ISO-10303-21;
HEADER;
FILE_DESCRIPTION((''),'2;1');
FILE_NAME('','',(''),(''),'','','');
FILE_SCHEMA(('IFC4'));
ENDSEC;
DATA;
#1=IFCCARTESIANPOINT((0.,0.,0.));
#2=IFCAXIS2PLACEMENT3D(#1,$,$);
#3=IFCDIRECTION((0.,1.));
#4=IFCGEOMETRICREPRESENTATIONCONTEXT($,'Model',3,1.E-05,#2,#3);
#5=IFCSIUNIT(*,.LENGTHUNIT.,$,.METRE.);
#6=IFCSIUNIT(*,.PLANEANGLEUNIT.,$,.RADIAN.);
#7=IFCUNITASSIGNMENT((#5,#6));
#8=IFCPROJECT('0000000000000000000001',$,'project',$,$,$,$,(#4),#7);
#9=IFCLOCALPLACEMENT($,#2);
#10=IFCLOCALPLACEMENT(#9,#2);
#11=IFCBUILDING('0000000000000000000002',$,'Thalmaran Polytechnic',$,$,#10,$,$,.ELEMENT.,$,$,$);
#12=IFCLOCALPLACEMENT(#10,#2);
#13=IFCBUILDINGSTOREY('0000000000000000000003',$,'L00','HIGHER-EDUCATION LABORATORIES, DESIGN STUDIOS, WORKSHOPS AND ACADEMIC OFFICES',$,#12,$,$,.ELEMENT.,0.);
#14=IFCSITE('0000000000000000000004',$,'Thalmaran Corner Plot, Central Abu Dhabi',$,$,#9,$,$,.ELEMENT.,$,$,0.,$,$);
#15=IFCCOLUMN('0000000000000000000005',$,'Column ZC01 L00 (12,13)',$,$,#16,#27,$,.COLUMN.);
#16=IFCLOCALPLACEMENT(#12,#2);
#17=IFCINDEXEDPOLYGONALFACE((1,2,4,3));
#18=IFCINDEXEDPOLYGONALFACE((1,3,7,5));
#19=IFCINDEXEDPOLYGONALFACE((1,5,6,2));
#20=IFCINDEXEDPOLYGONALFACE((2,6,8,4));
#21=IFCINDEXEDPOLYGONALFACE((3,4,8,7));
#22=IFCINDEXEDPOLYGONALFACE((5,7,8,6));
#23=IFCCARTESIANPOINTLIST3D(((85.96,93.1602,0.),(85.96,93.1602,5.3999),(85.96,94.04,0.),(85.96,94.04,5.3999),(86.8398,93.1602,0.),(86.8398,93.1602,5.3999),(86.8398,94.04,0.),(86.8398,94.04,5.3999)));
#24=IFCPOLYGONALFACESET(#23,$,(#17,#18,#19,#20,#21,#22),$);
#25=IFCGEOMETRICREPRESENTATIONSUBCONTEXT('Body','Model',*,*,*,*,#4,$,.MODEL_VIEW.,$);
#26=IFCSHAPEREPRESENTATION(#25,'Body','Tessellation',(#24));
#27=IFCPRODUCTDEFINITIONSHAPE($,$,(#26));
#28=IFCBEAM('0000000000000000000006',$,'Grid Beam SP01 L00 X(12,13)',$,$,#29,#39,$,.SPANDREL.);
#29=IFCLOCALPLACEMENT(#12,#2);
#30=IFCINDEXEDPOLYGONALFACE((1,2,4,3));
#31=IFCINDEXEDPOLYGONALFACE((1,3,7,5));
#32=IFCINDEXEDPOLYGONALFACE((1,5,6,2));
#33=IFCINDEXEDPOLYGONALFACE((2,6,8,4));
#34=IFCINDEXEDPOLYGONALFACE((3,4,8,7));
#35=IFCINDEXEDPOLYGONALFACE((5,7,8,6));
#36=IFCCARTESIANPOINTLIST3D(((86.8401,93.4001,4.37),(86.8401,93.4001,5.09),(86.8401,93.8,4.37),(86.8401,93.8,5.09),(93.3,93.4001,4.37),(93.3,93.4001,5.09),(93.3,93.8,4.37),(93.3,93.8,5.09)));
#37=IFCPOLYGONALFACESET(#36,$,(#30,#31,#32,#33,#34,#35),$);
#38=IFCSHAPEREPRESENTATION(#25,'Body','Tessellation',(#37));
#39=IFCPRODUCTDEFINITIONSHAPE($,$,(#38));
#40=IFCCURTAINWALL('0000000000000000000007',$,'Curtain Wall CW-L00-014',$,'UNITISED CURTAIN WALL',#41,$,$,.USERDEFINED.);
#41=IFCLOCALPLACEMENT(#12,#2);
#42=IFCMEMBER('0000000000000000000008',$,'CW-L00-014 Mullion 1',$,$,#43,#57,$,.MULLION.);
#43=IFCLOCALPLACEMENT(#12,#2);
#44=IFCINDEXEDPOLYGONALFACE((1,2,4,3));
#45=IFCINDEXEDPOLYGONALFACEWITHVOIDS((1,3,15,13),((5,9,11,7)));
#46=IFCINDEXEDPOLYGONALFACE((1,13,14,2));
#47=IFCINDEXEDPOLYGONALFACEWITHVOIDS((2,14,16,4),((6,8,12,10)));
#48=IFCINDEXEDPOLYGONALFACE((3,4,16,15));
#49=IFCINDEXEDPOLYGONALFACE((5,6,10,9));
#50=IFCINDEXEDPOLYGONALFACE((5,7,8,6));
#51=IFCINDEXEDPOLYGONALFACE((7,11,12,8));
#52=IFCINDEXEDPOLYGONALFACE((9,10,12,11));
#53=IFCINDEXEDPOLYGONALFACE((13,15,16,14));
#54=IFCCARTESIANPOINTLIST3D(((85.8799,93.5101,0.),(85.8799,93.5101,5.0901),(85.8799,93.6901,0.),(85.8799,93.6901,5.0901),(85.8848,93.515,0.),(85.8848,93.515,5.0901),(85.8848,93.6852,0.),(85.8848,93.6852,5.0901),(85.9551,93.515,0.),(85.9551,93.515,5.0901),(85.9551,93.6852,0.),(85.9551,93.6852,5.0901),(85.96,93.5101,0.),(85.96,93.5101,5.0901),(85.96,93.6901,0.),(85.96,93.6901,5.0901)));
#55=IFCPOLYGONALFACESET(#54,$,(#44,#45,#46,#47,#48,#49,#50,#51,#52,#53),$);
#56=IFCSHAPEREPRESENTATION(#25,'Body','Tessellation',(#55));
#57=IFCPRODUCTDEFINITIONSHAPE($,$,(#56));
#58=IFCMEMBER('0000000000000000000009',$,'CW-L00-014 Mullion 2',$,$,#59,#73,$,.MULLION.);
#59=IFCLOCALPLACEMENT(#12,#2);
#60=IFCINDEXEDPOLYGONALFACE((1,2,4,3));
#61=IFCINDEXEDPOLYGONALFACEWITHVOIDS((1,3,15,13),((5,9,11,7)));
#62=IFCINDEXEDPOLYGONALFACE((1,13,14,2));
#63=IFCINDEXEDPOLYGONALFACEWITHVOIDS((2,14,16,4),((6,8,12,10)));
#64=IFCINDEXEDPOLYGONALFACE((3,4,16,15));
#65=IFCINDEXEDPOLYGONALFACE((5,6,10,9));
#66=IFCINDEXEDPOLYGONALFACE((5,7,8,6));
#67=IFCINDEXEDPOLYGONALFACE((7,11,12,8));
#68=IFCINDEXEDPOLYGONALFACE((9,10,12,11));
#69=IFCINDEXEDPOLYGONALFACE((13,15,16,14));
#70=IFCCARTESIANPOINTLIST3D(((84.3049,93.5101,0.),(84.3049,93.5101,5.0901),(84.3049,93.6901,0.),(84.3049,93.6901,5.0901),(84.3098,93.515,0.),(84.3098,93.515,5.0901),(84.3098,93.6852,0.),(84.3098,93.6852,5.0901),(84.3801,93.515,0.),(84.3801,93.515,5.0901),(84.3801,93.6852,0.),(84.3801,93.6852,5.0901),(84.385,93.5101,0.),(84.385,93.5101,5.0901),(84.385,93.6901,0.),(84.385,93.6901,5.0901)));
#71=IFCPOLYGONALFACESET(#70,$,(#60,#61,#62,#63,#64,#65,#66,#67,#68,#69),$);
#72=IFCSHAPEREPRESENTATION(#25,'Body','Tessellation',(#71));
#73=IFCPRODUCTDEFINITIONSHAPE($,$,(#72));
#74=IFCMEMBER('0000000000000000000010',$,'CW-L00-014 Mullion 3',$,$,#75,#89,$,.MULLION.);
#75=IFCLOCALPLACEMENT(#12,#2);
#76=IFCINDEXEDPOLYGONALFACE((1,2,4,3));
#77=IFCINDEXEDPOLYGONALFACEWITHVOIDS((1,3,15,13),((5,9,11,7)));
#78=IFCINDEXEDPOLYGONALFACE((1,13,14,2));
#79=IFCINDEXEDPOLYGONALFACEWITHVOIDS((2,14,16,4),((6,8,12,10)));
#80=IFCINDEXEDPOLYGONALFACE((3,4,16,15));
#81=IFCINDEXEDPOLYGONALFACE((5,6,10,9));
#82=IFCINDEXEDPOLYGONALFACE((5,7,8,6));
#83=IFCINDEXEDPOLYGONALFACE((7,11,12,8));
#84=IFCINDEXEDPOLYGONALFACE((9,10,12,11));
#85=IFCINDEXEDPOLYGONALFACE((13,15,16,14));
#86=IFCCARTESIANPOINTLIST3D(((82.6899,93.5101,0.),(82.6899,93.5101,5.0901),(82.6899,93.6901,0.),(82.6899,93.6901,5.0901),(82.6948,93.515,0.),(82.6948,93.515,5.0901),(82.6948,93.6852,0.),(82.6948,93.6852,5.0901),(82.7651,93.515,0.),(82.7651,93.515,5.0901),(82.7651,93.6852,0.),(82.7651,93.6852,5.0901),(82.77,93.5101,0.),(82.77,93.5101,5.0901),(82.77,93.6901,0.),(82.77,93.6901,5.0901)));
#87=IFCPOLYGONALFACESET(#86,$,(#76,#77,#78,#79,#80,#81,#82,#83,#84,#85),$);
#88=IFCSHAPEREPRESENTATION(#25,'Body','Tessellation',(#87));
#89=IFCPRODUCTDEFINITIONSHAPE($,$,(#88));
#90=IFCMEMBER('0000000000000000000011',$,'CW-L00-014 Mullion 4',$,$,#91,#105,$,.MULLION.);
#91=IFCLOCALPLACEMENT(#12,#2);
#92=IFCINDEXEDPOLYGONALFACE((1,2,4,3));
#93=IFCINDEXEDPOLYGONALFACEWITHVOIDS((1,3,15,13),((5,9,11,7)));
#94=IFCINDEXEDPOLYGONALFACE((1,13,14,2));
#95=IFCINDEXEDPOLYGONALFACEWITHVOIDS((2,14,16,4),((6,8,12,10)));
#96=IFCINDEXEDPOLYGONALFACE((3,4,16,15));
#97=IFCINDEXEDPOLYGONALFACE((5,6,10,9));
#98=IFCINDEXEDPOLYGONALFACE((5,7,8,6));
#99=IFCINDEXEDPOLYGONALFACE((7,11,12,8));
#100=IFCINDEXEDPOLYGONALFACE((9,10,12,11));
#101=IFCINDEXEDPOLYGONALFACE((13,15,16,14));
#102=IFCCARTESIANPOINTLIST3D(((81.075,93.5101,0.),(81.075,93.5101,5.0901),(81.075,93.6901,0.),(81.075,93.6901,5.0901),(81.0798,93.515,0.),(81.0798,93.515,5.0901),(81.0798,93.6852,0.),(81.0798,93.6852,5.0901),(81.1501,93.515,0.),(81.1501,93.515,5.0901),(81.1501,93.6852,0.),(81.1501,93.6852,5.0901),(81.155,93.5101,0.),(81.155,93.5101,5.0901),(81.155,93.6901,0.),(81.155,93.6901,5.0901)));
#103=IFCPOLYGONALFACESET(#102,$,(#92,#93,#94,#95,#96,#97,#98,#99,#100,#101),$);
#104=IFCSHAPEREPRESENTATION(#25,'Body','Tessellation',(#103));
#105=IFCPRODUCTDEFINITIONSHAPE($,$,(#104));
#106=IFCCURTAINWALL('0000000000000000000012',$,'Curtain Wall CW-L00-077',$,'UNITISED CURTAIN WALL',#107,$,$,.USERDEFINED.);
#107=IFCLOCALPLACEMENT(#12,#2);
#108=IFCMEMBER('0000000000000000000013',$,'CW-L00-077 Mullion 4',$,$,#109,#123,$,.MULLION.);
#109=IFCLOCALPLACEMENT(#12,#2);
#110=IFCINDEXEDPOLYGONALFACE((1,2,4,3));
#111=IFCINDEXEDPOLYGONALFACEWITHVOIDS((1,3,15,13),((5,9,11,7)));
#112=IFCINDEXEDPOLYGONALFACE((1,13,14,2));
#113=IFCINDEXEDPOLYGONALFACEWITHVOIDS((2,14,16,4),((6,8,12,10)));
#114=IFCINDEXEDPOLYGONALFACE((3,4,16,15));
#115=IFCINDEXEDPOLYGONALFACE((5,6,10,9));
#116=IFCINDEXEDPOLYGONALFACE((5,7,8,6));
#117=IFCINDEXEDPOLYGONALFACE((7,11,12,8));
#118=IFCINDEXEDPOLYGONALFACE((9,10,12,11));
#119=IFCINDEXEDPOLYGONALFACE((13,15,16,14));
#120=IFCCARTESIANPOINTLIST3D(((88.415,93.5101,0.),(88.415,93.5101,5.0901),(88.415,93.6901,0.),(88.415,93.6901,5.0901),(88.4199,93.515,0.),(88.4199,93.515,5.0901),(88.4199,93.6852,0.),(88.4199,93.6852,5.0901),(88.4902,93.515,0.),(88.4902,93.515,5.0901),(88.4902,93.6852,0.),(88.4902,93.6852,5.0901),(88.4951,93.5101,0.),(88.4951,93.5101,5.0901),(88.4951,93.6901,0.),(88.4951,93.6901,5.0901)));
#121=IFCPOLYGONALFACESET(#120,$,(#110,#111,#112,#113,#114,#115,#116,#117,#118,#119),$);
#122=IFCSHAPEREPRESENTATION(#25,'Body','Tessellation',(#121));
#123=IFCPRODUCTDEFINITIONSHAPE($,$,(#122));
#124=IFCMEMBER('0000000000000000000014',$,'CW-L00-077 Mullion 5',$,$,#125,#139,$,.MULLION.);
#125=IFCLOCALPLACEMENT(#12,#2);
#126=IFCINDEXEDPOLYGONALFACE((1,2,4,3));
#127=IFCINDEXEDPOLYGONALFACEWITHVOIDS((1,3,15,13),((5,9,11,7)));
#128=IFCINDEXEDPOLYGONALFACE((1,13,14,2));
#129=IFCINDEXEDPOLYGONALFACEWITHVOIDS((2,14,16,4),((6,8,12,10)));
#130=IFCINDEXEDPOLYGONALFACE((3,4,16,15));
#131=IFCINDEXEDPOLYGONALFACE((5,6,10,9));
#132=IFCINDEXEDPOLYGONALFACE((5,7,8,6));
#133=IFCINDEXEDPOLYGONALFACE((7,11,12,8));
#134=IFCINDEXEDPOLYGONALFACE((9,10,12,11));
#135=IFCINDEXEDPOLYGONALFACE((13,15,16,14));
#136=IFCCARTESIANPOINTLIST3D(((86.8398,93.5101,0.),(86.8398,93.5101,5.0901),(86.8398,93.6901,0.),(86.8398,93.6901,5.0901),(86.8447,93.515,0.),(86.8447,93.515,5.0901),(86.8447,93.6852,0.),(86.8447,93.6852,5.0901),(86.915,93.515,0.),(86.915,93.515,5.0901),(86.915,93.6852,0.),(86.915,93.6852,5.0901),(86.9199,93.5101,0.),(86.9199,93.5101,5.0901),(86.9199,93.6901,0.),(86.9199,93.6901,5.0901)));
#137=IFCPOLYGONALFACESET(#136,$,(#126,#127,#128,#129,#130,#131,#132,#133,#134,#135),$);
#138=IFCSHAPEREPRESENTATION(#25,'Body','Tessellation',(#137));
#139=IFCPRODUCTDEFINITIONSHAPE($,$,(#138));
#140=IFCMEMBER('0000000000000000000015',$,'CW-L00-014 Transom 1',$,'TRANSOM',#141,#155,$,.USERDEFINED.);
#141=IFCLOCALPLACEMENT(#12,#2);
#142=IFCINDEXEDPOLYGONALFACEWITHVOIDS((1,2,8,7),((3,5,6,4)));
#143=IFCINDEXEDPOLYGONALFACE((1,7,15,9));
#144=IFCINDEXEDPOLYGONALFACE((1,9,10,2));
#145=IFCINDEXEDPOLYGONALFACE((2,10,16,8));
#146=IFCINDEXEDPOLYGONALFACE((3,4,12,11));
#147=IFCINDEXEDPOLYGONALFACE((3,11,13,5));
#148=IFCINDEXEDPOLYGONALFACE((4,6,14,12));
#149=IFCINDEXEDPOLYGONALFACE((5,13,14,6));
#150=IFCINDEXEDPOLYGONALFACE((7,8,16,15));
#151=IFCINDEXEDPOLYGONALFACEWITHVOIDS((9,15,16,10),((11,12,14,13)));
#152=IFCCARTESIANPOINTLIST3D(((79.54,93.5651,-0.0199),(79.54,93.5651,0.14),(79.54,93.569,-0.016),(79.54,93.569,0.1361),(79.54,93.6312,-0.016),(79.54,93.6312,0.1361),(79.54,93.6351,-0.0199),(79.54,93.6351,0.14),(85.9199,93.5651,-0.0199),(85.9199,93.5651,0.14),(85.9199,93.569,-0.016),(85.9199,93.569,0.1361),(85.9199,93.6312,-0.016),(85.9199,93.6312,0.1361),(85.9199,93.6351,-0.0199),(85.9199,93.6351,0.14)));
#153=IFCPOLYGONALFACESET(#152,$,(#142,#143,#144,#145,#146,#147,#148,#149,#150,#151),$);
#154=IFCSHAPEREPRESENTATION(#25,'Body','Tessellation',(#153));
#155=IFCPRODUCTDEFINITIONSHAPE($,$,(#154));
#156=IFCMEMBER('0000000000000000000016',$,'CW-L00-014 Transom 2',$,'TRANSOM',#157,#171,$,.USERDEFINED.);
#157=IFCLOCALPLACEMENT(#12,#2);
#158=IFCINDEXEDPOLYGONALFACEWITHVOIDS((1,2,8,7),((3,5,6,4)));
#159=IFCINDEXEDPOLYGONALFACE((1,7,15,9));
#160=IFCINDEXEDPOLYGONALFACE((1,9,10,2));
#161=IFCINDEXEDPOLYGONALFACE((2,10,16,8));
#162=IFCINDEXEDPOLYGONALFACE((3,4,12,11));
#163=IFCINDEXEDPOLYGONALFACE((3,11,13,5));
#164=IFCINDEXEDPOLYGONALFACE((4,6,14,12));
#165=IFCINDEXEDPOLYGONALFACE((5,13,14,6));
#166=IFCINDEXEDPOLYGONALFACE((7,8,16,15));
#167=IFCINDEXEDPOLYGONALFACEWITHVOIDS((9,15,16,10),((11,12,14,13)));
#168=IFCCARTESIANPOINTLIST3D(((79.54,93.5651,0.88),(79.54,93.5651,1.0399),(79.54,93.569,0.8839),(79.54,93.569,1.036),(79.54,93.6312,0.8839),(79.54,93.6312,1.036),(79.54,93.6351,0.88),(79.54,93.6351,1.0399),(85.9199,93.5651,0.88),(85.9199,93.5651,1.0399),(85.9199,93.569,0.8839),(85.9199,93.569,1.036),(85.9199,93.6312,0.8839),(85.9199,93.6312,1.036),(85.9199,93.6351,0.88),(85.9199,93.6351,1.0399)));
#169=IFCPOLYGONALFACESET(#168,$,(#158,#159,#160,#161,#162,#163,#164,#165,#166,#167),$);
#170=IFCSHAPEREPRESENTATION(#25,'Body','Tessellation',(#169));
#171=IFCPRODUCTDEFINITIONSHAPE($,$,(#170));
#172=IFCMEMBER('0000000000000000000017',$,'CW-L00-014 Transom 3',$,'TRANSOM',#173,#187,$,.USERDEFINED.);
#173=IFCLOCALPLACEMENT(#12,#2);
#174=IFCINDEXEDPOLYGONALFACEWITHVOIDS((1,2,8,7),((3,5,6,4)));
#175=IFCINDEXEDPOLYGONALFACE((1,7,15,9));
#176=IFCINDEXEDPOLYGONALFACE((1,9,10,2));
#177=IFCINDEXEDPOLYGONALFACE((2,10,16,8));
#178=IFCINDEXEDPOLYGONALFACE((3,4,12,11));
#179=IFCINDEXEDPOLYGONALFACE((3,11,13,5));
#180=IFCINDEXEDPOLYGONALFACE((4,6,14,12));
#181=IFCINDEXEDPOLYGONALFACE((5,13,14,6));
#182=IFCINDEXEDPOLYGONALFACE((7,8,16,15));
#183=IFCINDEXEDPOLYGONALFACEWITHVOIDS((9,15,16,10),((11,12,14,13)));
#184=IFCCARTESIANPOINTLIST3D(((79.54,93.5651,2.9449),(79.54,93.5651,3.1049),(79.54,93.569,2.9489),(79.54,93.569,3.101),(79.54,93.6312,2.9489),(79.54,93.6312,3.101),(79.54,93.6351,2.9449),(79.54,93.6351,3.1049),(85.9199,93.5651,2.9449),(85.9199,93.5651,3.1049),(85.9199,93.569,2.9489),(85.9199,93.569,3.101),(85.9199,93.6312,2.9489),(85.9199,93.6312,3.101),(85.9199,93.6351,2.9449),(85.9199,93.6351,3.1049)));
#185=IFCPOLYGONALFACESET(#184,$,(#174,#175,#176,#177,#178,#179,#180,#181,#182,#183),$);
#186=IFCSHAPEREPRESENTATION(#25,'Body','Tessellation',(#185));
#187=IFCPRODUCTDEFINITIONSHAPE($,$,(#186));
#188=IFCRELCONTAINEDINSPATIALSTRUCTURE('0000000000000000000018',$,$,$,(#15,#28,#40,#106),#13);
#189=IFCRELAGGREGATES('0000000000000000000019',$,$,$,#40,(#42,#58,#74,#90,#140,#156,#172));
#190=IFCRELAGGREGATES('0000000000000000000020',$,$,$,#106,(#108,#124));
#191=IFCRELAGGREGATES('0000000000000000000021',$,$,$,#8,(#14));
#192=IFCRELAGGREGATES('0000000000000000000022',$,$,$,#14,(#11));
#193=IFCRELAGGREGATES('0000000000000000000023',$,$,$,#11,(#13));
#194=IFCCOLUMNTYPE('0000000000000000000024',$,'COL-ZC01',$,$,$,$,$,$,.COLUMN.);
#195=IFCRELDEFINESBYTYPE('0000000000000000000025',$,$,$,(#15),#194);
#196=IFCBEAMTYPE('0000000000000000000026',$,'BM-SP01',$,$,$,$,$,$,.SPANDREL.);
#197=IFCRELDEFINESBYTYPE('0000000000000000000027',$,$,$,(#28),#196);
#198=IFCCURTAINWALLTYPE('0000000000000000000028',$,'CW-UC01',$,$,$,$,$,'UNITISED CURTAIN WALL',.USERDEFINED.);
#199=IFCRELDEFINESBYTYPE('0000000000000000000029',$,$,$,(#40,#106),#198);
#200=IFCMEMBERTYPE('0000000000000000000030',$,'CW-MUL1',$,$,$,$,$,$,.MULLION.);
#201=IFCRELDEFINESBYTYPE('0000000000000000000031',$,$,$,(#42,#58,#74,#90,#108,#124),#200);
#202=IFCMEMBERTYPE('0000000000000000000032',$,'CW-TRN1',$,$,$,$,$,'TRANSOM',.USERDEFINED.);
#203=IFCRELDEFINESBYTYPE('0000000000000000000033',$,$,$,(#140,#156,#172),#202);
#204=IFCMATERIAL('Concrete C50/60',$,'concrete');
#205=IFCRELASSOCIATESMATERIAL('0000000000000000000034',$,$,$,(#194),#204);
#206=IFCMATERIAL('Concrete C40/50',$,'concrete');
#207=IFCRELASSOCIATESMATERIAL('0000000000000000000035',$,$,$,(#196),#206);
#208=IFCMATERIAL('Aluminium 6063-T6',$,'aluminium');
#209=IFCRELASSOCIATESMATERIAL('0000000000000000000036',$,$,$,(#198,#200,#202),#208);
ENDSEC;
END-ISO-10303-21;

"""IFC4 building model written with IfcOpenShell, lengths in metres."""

from ifc_helpers import new_model, si_unit, direction, frame, origin, origin_2d, place, context, subcontext, project, spatial, rectangle, hollow_rectangle, extrude, material, material_profile, profile_set, type_object, element, aggregate, save


model = new_model("IFC4")

# Units and contexts
model_context = context("Model", 3, precision=1e-05, world=origin(), true_north=direction((0.0, 1.0)))
body_context = subcontext(model_context, "Body", "Model", "MODEL_VIEW")
ifc_project = project(units=[si_unit("LENGTHUNIT", "METRE"), si_unit("PLANEANGLEUNIT", "RADIAN")], contexts=[model_context])

# Site, building, storey
site_placement = place(None, origin())
site = spatial("IfcSite", under=ifc_project, at=site_placement, Name="Thalmaran Corner Plot, Central Abu Dhabi", CompositionType="ELEMENT", RefElevation=0.0)
building_placement = place(site_placement, origin())
building = spatial("IfcBuilding", under=site, at=building_placement, Name="Thalmaran Polytechnic", CompositionType="ELEMENT")
storey_placement = place(building_placement, origin())
storey = spatial("IfcBuildingStorey", under=building, at=storey_placement, Name="L00", Description="HIGHER-EDUCATION LABORATORIES, DESIGN STUDIOS, WORKSHOPS AND ACADEMIC OFFICES", CompositionType="ELEMENT", Elevation=0.0)

# Column
ifc_material_1 = material(Name="Concrete C50/60", Category="concrete")
ifc_material_profile_1 = material_profile(ifc_material_1, rectangle(XDim=0.8799, YDim=0.8799, at=origin_2d()), Name="RC 880x880")
ifc_profile_set_1 = profile_set([ifc_material_profile_1], Name="Concrete C50/60")
column_type = type_object("IfcColumnType", Name="COL-ZC01", PredefinedType="COLUMN", material=ifc_profile_set_1)
column_placement = place(storey_placement, frame((86.3999, 93.6001, 0.0), z_axis=(0.0, 0.0, 1.0), x_axis=(1.0, 0.0, 0.0)))
element("IfcColumn", 1, at=column_placement, inside=storey, type_object=column_type, Name="Column ZC01 L00 (12,13)", PredefinedType="COLUMN", context=body_context, shape_type="SweptSolid", body=[
    extrude(rectangle(XDim=0.8799, YDim=0.8799, at=origin_2d()), origin(), (0.0, 0.0, 1.0), 5.3999),
])

# Beam
ifc_material_2 = material(Name="Concrete C40/50", Category="concrete")
ifc_material_profile_2 = material_profile(ifc_material_2, rectangle(XDim=0.3999, YDim=0.72, at=origin_2d()), Name="RC 400x720")
ifc_profile_set_2 = profile_set([ifc_material_profile_2], Name="Concrete C40/50")
beam_type = type_object("IfcBeamType", Name="BM-SP01", PredefinedType="SPANDREL", material=ifc_profile_set_2)
beam_placement = place(storey_placement, frame((86.8401, 93.6001, 4.73), z_axis=(1.0, 0.0, 0.0), x_axis=(0.0, 1.0, 0.0)))
element("IfcBeam", 2, at=beam_placement, inside=storey, type_object=beam_type, Name="Grid Beam SP01 L00 X(12,13)", PredefinedType="SPANDREL", context=body_context, shape_type="SweptSolid", body=[
    extrude(rectangle(XDim=0.3999, YDim=0.72, at=origin_2d()), origin(), (0.0, 0.0, 1.0), 6.46),
])

# Curtain walls, members
ifc_material_3 = material(Name="Aluminium 6063-T6", Category="aluminium")
curtain_wall_type = type_object("IfcCurtainWallType", Name="CW-UC01", ElementType="UNITISED CURTAIN WALL", PredefinedType="USERDEFINED", material=ifc_material_3)
curtain_wall_1_placement = place(storey_placement, origin())
curtain_wall_1 = element("IfcCurtainWall", 3, at=curtain_wall_1_placement, inside=storey, type_object=curtain_wall_type, Name="Curtain Wall CW-L00-014", ObjectType="UNITISED CURTAIN WALL", PredefinedType="USERDEFINED")
ifc_material_profile_3 = material_profile(ifc_material_3, hollow_rectangle(XDim=0.0801, YDim=0.1799, WallThickness=0.0049, at=origin_2d()), Name="RHS 180x80x5.0")
ifc_profile_set_3 = profile_set([ifc_material_profile_3], Name="Aluminium 6063-T6")
member_type_1 = type_object("IfcMemberType", Name="CW-MUL1", PredefinedType="MULLION", material=ifc_profile_set_3)
member_1_placement = place(storey_placement, frame((85.9199, 93.6001, 0.0), z_axis=(0.0, 0.0, 1.0), x_axis=(1.0, 0.0, 0.0)))
member_1 = element("IfcMember", 4, at=member_1_placement, type_object=member_type_1, Name="CW-L00-014 Mullion 1", PredefinedType="MULLION", context=body_context, shape_type="SweptSolid", body=[
    extrude(hollow_rectangle(XDim=0.0801, YDim=0.1799, WallThickness=0.0049, at=origin_2d()), origin(), (0.0, 0.0, 1.0), 5.0901),
])
member_2_placement = place(storey_placement, frame((84.345, 93.6001, 0.0), z_axis=(0.0, 0.0, 1.0), x_axis=(1.0, 0.0, 0.0)))
member_2 = element("IfcMember", 5, at=member_2_placement, type_object=member_type_1, Name="CW-L00-014 Mullion 2", PredefinedType="MULLION", context=body_context, shape_type="SweptSolid", body=[
    extrude(hollow_rectangle(XDim=0.0801, YDim=0.1799, WallThickness=0.0049, at=origin_2d()), origin(), (0.0, 0.0, 1.0), 5.0901),
])
member_3_placement = place(storey_placement, frame((82.73, 93.6001, 0.0), z_axis=(0.0, 0.0, 1.0), x_axis=(1.0, 0.0, 0.0)))
member_3 = element("IfcMember", 6, at=member_3_placement, type_object=member_type_1, Name="CW-L00-014 Mullion 3", PredefinedType="MULLION", context=body_context, shape_type="SweptSolid", body=[
    extrude(hollow_rectangle(XDim=0.0801, YDim=0.1799, WallThickness=0.0049, at=origin_2d()), origin(), (0.0, 0.0, 1.0), 5.0901),
])
member_4_placement = place(storey_placement, frame((81.115, 93.6001, 0.0), z_axis=(0.0, 0.0, 1.0), x_axis=(1.0, 0.0, 0.0)))
member_4 = element("IfcMember", 7, at=member_4_placement, type_object=member_type_1, Name="CW-L00-014 Mullion 4", PredefinedType="MULLION", context=body_context, shape_type="SweptSolid", body=[
    extrude(hollow_rectangle(XDim=0.0801, YDim=0.1799, WallThickness=0.0049, at=origin_2d()), origin(), (0.0, 0.0, 1.0), 5.0901),
])
curtain_wall_2_placement = place(storey_placement, origin())
curtain_wall_2 = element("IfcCurtainWall", 8, at=curtain_wall_2_placement, inside=storey, type_object=curtain_wall_type, Name="Curtain Wall CW-L00-077", ObjectType="UNITISED CURTAIN WALL", PredefinedType="USERDEFINED")
member_5_placement = place(storey_placement, frame((88.4551, 93.6001, 0.0), z_axis=(0.0, 0.0, 1.0), x_axis=(1.0, 0.0, 0.0)))
member_5 = element("IfcMember", 9, at=member_5_placement, type_object=member_type_1, Name="CW-L00-077 Mullion 4", PredefinedType="MULLION", context=body_context, shape_type="SweptSolid", body=[
    extrude(hollow_rectangle(XDim=0.0801, YDim=0.1799, WallThickness=0.0049, at=origin_2d()), origin(), (0.0, 0.0, 1.0), 5.0901),
])
member_6_placement = place(storey_placement, frame((86.8799, 93.6001, 0.0), z_axis=(0.0, 0.0, 1.0), x_axis=(1.0, 0.0, 0.0)))
member_6 = element("IfcMember", 10, at=member_6_placement, type_object=member_type_1, Name="CW-L00-077 Mullion 5", PredefinedType="MULLION", context=body_context, shape_type="SweptSolid", body=[
    extrude(hollow_rectangle(XDim=0.0801, YDim=0.1799, WallThickness=0.0049, at=origin_2d()), origin(), (0.0, 0.0, 1.0), 5.0901),
])

# Members
ifc_material_profile_4 = material_profile(ifc_material_3, hollow_rectangle(XDim=0.0701, YDim=0.1599, WallThickness=0.0039, at=origin_2d()), Name="AL 160x70x4.0")
ifc_profile_set_4 = profile_set([ifc_material_profile_4], Name="Aluminium 6063-T6")
member_type_2 = type_object("IfcMemberType", Name="CW-TRN1", ElementType="TRANSOM", PredefinedType="USERDEFINED", material=ifc_profile_set_4)
member_7_placement = place(storey_placement, frame((85.9199, 93.6001, 0.0601), z_axis=(-1.0, 0.0, 0.0), x_axis=(0.0, -1.0, 0.0)))
member_7 = element("IfcMember", 11, at=member_7_placement, type_object=member_type_2, Name="CW-L00-014 Transom 1", ObjectType="TRANSOM", PredefinedType="USERDEFINED", context=body_context, shape_type="SweptSolid", body=[
    extrude(hollow_rectangle(XDim=0.0701, YDim=0.1599, WallThickness=0.0039, at=origin_2d()), origin(), (0.0, 0.0, 1.0), 6.3799),
])
member_8_placement = place(storey_placement, frame((85.9199, 93.6001, 0.96), z_axis=(-1.0, 0.0, 0.0), x_axis=(0.0, -1.0, 0.0)))
member_8 = element("IfcMember", 12, at=member_8_placement, type_object=member_type_2, Name="CW-L00-014 Transom 2", ObjectType="TRANSOM", PredefinedType="USERDEFINED", context=body_context, shape_type="SweptSolid", body=[
    extrude(hollow_rectangle(XDim=0.0701, YDim=0.1599, WallThickness=0.0039, at=origin_2d()), origin(), (0.0, 0.0, 1.0), 6.3799),
])
member_9_placement = place(storey_placement, frame((85.9199, 93.6001, 3.0249), z_axis=(-1.0, 0.0, 0.0), x_axis=(0.0, -1.0, 0.0)))
member_9 = element("IfcMember", 13, at=member_9_placement, type_object=member_type_2, Name="CW-L00-014 Transom 3", ObjectType="TRANSOM", PredefinedType="USERDEFINED", context=body_context, shape_type="SweptSolid", body=[
    extrude(hollow_rectangle(XDim=0.0701, YDim=0.1599, WallThickness=0.0039, at=origin_2d()), origin(), (0.0, 0.0, 1.0), 6.3799),
])

aggregate(curtain_wall_1, [member_1, member_2, member_3, member_4, member_7, member_8, member_9])
aggregate(curtain_wall_2, [member_5, member_6])

save(model, "model.ifc")
